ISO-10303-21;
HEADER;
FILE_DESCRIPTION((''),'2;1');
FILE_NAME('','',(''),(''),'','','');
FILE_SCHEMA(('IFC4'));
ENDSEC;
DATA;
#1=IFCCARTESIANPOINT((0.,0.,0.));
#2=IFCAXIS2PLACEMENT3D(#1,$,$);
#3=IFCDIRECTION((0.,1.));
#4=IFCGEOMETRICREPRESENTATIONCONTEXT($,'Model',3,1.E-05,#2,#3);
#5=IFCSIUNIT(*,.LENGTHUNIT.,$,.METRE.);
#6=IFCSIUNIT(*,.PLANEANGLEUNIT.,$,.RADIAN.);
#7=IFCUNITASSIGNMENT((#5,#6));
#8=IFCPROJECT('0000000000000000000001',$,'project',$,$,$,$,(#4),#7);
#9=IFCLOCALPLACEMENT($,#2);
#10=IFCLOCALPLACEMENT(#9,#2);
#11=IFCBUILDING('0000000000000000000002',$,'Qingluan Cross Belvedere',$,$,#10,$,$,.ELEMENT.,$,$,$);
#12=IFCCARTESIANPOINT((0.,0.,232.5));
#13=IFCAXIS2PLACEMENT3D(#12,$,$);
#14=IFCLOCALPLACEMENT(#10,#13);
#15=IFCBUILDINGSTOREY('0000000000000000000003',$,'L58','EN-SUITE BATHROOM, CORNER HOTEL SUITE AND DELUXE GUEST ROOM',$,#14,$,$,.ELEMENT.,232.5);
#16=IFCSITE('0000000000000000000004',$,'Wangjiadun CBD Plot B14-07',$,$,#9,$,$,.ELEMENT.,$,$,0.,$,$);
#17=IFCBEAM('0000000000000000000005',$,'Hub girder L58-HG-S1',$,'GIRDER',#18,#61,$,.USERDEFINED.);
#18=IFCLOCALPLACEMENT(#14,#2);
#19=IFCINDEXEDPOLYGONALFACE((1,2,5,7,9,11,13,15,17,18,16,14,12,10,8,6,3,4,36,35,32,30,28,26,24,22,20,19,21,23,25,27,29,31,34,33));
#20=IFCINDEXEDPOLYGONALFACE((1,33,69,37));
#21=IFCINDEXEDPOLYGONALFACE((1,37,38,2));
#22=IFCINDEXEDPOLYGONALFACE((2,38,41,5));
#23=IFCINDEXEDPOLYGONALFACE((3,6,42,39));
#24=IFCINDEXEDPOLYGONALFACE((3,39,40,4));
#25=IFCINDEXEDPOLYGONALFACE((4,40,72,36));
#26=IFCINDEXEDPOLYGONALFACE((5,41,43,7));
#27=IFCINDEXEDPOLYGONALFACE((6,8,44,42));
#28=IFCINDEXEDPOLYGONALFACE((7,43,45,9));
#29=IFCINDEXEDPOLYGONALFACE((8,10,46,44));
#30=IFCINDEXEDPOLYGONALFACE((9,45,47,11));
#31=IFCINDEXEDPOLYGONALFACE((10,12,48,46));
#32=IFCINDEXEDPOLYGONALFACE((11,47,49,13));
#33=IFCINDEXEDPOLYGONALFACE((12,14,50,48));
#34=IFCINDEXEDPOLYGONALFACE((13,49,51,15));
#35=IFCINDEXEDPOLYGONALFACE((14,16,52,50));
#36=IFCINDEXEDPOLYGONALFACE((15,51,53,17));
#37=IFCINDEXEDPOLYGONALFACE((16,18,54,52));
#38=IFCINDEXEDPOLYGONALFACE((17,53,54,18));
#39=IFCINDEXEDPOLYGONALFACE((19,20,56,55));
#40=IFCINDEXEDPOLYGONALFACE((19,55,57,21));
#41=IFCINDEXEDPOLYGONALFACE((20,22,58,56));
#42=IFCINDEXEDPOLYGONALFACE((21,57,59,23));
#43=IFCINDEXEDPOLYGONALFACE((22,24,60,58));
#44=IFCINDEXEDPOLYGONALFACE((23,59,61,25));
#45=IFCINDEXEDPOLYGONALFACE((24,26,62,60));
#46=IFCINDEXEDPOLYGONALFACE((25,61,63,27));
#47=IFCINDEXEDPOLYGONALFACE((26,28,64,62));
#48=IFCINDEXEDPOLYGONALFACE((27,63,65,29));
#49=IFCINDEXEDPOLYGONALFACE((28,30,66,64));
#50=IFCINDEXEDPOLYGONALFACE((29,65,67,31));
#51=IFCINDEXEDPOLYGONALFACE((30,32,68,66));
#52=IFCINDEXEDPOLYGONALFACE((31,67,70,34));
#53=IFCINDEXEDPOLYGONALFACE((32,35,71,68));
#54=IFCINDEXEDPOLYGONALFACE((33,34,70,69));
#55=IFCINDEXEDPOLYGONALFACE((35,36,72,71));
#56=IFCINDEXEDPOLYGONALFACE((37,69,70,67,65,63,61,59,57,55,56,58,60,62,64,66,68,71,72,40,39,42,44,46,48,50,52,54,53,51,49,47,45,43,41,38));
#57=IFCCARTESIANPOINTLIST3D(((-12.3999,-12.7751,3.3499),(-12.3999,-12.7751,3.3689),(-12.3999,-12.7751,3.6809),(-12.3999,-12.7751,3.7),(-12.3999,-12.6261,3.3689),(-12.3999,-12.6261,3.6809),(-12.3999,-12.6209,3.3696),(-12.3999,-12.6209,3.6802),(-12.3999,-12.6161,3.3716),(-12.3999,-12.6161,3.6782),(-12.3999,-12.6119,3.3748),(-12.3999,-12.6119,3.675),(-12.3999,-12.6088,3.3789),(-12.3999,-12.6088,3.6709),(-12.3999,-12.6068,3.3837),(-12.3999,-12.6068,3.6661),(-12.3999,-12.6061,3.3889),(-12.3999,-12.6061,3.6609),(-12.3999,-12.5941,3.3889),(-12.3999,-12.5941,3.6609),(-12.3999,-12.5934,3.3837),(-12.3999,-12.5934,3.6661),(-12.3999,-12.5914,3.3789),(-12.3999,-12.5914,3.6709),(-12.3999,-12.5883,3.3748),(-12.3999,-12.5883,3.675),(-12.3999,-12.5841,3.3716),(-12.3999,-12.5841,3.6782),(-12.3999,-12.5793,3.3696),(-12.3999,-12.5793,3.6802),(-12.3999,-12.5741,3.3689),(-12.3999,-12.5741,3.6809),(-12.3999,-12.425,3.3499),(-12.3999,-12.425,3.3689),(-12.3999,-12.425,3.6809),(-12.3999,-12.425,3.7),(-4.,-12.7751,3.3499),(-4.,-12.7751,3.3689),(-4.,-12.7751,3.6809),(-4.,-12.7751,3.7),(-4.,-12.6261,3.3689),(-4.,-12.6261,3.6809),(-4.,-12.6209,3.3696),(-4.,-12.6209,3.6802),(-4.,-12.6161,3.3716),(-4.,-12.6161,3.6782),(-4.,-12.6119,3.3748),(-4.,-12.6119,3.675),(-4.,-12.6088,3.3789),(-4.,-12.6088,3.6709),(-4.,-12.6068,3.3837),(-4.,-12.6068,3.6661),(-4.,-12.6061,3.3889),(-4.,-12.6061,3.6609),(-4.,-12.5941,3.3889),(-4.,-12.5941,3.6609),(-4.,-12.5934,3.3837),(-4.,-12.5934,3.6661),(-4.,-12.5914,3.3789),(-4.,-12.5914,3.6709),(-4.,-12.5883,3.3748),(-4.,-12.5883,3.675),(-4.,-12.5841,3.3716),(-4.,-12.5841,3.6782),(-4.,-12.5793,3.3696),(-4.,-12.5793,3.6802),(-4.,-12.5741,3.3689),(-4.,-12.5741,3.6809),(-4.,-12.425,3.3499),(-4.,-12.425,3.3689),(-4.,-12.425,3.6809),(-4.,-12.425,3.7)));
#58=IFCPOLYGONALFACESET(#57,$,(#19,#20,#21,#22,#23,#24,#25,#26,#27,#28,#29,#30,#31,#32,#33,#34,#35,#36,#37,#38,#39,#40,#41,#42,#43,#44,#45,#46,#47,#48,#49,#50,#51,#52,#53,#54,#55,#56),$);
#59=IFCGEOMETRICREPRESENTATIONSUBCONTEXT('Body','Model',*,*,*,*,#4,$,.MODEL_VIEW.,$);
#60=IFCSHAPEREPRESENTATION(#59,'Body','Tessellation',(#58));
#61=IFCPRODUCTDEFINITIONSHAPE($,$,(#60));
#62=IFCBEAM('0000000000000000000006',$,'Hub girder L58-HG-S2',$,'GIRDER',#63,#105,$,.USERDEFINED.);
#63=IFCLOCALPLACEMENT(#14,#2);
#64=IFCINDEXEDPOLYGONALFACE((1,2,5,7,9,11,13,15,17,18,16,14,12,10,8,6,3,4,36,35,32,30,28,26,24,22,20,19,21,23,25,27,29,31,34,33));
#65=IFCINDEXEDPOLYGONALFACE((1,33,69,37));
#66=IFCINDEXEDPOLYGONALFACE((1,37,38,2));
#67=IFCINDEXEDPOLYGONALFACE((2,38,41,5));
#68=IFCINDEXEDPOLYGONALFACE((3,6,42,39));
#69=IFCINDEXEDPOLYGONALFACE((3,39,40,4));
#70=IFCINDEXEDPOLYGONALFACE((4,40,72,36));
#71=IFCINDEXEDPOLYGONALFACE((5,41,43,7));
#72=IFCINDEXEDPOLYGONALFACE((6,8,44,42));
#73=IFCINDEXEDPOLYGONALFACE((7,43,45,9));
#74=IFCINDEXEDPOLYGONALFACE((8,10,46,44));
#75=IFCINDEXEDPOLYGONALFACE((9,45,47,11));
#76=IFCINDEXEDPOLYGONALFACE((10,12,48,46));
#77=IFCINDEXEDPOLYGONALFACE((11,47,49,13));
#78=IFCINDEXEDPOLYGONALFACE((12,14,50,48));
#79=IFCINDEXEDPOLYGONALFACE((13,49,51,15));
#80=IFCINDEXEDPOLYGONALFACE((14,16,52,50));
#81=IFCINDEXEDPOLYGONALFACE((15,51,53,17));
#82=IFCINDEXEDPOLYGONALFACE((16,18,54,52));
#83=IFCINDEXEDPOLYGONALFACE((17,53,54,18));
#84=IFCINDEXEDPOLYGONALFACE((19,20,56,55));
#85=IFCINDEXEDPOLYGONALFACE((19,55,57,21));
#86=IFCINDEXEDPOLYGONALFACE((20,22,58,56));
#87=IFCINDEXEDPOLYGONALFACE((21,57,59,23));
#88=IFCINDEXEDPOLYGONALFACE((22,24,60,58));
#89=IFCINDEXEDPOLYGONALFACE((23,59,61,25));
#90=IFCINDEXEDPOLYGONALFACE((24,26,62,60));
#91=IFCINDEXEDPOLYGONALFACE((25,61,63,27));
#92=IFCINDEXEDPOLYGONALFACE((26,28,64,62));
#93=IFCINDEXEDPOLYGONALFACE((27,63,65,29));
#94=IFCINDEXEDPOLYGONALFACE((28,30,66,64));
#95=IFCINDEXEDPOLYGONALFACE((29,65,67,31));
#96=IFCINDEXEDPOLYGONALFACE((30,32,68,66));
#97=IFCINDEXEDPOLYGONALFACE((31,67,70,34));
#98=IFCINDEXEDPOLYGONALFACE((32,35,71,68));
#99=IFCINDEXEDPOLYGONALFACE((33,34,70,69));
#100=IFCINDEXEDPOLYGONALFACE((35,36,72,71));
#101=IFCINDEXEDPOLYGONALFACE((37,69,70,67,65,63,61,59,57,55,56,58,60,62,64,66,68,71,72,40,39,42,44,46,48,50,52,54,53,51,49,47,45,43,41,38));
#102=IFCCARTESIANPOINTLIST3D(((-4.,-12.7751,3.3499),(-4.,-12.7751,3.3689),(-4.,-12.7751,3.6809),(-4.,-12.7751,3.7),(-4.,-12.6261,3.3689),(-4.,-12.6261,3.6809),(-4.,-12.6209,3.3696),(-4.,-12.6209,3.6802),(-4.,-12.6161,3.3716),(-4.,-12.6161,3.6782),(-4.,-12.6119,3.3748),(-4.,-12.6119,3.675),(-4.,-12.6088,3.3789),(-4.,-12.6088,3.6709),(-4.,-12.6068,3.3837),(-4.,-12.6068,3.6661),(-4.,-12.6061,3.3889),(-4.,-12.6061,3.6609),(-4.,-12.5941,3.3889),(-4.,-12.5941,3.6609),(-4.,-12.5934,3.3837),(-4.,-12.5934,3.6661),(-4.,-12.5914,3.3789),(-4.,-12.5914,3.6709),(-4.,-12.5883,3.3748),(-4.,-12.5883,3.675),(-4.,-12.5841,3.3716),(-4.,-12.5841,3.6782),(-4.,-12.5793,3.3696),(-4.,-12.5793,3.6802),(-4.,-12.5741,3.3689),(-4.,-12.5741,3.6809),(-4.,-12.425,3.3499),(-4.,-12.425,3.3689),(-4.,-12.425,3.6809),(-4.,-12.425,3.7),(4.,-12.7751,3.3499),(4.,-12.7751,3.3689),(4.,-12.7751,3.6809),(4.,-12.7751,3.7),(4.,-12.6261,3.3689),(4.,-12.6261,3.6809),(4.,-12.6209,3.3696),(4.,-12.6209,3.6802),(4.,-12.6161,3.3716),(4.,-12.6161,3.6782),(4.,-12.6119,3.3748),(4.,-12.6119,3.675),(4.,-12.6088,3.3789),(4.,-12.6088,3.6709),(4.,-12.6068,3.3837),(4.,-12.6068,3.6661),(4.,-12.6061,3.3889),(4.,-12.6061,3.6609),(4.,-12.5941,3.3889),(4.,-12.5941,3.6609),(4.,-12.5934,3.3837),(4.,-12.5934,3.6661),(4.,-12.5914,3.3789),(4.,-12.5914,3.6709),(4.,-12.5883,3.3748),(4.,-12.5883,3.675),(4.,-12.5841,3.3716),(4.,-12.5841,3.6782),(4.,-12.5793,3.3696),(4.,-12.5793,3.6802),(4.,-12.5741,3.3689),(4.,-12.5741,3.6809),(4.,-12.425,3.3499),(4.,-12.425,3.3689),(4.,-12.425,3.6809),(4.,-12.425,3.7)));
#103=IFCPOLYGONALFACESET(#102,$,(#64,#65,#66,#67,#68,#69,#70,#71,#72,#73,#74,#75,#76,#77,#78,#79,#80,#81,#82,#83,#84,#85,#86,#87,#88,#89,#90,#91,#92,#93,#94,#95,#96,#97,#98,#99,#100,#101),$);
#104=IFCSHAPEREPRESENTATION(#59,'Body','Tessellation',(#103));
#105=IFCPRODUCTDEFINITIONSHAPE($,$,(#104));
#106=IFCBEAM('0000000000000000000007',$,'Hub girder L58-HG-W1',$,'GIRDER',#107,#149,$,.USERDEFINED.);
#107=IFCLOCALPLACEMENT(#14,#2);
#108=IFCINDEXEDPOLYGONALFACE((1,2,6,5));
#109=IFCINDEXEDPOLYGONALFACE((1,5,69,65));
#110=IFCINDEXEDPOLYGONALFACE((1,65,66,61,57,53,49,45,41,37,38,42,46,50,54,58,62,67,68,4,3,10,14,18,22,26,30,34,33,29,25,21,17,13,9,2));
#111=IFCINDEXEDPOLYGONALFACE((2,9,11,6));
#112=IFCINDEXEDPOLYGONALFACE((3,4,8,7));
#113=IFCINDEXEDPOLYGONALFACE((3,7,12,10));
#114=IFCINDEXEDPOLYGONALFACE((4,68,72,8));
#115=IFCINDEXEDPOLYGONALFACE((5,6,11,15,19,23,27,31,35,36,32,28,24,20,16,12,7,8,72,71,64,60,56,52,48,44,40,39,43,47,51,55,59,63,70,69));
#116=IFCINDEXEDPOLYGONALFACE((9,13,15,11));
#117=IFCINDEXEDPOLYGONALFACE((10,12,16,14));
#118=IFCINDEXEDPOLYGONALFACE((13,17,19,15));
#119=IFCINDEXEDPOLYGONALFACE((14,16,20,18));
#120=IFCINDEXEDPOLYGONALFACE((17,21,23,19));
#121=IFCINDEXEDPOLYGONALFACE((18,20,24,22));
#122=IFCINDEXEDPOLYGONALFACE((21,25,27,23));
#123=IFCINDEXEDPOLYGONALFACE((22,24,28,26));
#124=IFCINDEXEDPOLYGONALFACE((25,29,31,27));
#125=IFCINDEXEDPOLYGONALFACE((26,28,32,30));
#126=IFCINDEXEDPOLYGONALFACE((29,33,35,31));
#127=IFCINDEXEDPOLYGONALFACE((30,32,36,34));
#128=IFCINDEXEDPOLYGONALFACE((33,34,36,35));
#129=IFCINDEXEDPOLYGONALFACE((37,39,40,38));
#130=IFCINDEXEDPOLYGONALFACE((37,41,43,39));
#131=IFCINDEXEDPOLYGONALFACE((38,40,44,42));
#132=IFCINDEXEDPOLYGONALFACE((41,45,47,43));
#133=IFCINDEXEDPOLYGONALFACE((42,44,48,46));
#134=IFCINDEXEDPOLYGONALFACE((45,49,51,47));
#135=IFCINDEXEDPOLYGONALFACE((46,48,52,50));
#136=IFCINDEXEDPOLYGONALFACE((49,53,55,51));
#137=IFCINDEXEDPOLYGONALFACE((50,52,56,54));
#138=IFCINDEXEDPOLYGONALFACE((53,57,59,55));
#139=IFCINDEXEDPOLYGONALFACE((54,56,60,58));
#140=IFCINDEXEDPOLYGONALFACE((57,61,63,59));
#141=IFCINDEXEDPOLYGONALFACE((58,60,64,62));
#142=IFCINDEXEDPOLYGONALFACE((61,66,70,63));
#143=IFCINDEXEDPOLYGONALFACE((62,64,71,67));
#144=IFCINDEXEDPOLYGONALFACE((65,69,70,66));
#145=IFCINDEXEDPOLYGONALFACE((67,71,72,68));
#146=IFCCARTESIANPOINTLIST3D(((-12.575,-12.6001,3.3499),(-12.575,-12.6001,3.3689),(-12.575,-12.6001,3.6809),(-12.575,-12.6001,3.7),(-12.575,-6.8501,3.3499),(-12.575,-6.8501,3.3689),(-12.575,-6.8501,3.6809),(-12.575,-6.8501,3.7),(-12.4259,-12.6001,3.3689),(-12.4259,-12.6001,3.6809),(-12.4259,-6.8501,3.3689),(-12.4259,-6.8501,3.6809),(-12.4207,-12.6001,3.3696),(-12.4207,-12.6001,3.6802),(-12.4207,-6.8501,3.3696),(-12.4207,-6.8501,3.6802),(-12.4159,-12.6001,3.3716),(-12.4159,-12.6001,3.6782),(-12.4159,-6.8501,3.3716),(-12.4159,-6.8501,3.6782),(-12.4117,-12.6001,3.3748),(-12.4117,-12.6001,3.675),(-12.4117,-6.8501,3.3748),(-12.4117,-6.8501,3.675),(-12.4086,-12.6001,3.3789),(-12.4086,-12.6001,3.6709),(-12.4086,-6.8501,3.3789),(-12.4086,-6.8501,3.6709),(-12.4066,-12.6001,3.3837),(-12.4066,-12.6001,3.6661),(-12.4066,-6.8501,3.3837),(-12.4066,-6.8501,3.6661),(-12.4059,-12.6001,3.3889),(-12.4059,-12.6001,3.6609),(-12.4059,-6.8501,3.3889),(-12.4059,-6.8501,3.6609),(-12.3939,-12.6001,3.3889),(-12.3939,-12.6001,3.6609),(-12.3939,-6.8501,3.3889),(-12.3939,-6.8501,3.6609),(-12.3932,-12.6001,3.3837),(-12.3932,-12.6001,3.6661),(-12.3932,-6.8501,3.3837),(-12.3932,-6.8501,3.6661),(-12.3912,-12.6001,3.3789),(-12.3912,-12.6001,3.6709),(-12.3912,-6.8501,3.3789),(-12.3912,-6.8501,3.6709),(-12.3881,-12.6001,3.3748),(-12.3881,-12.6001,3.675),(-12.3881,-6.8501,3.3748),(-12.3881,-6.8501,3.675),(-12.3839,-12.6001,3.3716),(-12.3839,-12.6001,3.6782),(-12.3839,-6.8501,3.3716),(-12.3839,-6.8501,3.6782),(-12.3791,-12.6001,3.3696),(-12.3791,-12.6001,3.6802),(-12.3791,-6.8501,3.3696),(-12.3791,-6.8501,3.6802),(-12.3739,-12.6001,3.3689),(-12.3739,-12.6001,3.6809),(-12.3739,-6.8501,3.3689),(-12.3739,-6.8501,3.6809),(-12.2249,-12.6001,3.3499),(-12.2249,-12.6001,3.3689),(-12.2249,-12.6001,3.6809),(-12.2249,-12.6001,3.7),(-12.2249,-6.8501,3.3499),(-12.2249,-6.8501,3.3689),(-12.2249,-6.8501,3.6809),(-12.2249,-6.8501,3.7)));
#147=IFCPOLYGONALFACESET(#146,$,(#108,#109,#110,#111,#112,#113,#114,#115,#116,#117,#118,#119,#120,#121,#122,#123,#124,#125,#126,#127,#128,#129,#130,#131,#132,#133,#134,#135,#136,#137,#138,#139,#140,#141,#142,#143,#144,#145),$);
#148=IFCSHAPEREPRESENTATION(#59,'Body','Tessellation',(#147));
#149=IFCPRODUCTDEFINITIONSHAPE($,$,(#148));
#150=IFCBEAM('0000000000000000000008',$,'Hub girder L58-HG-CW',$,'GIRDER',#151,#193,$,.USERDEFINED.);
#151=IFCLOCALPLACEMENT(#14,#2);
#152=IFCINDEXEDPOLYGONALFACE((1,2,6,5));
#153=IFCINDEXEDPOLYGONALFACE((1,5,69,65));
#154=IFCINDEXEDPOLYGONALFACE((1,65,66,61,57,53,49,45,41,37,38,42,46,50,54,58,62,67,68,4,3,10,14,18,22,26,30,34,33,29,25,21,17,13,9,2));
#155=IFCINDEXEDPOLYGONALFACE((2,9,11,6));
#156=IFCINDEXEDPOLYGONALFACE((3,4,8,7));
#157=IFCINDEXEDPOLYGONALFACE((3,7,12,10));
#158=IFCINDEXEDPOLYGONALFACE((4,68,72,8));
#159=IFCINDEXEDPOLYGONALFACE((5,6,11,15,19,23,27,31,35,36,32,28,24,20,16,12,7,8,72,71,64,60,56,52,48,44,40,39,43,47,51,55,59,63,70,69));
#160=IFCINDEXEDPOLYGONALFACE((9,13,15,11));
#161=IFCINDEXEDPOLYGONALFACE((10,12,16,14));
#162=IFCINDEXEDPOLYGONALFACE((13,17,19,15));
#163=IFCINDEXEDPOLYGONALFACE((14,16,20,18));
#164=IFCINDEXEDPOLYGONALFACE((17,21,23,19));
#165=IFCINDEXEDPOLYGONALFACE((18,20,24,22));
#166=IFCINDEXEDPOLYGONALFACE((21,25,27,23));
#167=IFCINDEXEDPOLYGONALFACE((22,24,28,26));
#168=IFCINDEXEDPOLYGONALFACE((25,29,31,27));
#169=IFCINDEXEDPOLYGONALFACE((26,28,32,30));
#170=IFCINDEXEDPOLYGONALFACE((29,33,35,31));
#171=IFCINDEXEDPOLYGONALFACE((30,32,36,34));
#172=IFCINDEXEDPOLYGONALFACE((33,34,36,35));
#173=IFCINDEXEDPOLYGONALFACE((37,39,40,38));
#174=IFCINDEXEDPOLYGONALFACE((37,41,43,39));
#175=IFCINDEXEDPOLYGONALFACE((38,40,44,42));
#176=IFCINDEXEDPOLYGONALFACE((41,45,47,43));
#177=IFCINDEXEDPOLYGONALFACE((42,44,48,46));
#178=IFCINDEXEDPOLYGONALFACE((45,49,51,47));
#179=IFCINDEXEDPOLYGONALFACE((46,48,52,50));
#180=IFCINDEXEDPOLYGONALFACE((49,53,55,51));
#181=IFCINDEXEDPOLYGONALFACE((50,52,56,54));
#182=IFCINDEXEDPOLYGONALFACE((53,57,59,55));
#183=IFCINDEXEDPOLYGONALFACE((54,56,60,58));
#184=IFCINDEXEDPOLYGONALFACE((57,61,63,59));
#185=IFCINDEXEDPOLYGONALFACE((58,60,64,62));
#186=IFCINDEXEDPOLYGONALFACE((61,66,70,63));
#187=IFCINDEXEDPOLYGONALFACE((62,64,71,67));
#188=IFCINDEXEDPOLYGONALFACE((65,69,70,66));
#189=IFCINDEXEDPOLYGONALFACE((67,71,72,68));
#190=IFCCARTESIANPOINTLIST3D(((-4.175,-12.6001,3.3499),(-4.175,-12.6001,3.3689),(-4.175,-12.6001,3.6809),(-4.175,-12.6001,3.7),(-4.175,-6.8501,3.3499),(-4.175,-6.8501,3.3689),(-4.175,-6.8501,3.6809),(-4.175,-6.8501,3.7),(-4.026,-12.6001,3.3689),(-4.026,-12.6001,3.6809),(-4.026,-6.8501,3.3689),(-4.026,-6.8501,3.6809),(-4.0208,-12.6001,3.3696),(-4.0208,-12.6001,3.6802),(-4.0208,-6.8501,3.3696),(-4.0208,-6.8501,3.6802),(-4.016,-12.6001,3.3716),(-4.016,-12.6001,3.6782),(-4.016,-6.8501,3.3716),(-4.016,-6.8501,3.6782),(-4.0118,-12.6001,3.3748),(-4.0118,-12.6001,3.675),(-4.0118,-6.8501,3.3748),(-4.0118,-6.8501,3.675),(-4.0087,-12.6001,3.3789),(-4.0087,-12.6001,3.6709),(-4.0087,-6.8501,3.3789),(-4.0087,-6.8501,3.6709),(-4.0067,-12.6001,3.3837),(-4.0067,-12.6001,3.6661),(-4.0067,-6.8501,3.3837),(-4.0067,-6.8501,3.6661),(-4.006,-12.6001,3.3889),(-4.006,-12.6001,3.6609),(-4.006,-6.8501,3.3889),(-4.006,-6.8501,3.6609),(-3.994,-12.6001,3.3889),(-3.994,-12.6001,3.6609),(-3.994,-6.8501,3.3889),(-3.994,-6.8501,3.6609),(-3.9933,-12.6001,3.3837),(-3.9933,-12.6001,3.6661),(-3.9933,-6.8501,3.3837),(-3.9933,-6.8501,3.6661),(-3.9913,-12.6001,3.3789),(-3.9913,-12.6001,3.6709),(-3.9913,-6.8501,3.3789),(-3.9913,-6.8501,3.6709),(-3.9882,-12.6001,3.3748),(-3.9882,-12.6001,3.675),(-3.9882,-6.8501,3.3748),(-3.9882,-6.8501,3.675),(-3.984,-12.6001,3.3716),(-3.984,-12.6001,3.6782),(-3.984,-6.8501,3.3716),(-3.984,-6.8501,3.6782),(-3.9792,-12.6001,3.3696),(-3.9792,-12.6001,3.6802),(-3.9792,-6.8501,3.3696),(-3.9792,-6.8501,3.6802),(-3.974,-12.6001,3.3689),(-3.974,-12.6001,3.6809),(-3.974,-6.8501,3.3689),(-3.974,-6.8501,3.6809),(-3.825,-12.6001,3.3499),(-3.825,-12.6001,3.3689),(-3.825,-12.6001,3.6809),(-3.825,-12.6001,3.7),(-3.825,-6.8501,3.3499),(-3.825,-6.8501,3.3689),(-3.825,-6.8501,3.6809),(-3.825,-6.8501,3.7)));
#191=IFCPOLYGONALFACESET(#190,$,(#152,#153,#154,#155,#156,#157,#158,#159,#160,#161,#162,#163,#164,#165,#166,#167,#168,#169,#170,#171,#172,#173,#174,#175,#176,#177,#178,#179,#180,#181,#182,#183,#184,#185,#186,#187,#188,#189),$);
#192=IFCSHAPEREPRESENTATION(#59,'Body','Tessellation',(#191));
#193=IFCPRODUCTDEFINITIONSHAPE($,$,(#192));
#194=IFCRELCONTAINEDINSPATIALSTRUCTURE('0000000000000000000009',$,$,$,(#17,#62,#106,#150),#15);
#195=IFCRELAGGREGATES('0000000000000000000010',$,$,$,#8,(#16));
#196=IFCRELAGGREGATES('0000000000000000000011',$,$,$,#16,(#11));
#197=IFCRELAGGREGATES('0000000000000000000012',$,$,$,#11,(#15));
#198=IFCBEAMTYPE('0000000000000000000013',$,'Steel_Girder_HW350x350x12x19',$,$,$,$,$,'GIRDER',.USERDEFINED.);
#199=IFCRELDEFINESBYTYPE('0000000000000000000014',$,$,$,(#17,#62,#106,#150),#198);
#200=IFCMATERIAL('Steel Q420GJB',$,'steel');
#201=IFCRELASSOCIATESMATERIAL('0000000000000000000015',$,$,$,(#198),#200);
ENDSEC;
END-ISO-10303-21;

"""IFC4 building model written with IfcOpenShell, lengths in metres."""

from ifc_helpers import new_model, si_unit, direction, frame, origin, origin_2d, place, context, subcontext, project, spatial, i_section, extrude, material, material_profile, profile_set, type_object, element, save


model = new_model("IFC4")

# Units and contexts
model_context = context("Model", 3, precision=1e-05, world=origin(), true_north=direction((0.0, 1.0)))
body_context = subcontext(model_context, "Body", "Model", "MODEL_VIEW")
ifc_project = project(units=[si_unit("LENGTHUNIT", "METRE"), si_unit("PLANEANGLEUNIT", "RADIAN")], contexts=[model_context])

# Site, building, storey
site_placement = place(None, origin())
site = spatial("IfcSite", under=ifc_project, at=site_placement, Name="Wangjiadun CBD Plot B14-07", CompositionType="ELEMENT", RefElevation=0.0)
building_placement = place(site_placement, origin())
building = spatial("IfcBuilding", under=site, at=building_placement, Name="Qingluan Cross Belvedere", CompositionType="ELEMENT")
storey_placement = place(building_placement, frame((0.0, 0.0, 232.5)))
storey = spatial("IfcBuildingStorey", under=building, at=storey_placement, Name="L58", Description="EN-SUITE BATHROOM, CORNER HOTEL SUITE AND DELUXE GUEST ROOM", CompositionType="ELEMENT", Elevation=232.5)

# Beams
ifc_material_1 = material(Name="Steel Q420GJB", Category="steel")
ifc_material_profile_1 = material_profile(ifc_material_1, i_section(OverallWidth=0.3501, OverallDepth=0.3501, WebThickness=0.012, FlangeThickness=0.019, FilletRadius=0.02, at=origin_2d()), Name="HW350x350x12x19")
ifc_profile_set_1 = profile_set([ifc_material_profile_1], Name="Steel Q420GJB")
beam_type_1 = type_object("IfcBeamType", Name="Steel_Girder_HW350x350x12x19", ElementType="GIRDER", PredefinedType="USERDEFINED", material=ifc_profile_set_1)
beam_1_placement = place(storey_placement, frame((-12.3999, -12.6001, 3.5249), z_axis=(1.0, 0.0, 0.0), x_axis=(0.0, 1.0, 0.0)))
element("IfcBeam", 1, at=beam_1_placement, inside=storey, type_object=beam_type_1, Name="Hub girder L58-HG-S1", ObjectType="GIRDER", PredefinedType="USERDEFINED", context=body_context, shape_type="SweptSolid", body=[
    extrude(i_section(OverallWidth=0.3501, OverallDepth=0.3501, WebThickness=0.012, FlangeThickness=0.019, FilletRadius=0.02, at=origin_2d()), origin(), (0.0, 0.0, 1.0), 8.3999),
])
beam_2_placement = place(storey_placement, frame((-4.0, -12.6001, 3.5249), z_axis=(1.0, 0.0, 0.0), x_axis=(0.0, 1.0, 0.0)))
element("IfcBeam", 2, at=beam_2_placement, inside=storey, type_object=beam_type_1, Name="Hub girder L58-HG-S2", ObjectType="GIRDER", PredefinedType="USERDEFINED", context=body_context, shape_type="SweptSolid", body=[
    extrude(i_section(OverallWidth=0.3501, OverallDepth=0.3501, WebThickness=0.012, FlangeThickness=0.019, FilletRadius=0.02, at=origin_2d()), origin(), (0.0, 0.0, 1.0), 8.0),
])
for number, where, z_axis, x_axis, name in (
    (3, (-12.3999, -12.6001, 3.5249), (0.0, 1.0, 0.0), (-1.0, 0.0, 0.0), "Hub girder L58-HG-W1"),
    (4, (-4.0, -12.6001, 3.5249), (0.0, 1.0, 0.0), (-1.0, 0.0, 0.0), "Hub girder L58-HG-CW"),
):
    element("IfcBeam", number, at=place(storey_placement, frame(where, z_axis=z_axis, x_axis=x_axis)), inside=storey, type_object=beam_type_1, Name=name, ObjectType="GIRDER", PredefinedType="USERDEFINED", context=body_context, shape_type="SweptSolid", body=[
        extrude(i_section(OverallWidth=0.3501, OverallDepth=0.3501, WebThickness=0.012, FlangeThickness=0.019, FilletRadius=0.02, at=origin_2d()), origin(), (0.0, 0.0, 1.0), 5.75),
    ])

save(model, "model.ifc")
